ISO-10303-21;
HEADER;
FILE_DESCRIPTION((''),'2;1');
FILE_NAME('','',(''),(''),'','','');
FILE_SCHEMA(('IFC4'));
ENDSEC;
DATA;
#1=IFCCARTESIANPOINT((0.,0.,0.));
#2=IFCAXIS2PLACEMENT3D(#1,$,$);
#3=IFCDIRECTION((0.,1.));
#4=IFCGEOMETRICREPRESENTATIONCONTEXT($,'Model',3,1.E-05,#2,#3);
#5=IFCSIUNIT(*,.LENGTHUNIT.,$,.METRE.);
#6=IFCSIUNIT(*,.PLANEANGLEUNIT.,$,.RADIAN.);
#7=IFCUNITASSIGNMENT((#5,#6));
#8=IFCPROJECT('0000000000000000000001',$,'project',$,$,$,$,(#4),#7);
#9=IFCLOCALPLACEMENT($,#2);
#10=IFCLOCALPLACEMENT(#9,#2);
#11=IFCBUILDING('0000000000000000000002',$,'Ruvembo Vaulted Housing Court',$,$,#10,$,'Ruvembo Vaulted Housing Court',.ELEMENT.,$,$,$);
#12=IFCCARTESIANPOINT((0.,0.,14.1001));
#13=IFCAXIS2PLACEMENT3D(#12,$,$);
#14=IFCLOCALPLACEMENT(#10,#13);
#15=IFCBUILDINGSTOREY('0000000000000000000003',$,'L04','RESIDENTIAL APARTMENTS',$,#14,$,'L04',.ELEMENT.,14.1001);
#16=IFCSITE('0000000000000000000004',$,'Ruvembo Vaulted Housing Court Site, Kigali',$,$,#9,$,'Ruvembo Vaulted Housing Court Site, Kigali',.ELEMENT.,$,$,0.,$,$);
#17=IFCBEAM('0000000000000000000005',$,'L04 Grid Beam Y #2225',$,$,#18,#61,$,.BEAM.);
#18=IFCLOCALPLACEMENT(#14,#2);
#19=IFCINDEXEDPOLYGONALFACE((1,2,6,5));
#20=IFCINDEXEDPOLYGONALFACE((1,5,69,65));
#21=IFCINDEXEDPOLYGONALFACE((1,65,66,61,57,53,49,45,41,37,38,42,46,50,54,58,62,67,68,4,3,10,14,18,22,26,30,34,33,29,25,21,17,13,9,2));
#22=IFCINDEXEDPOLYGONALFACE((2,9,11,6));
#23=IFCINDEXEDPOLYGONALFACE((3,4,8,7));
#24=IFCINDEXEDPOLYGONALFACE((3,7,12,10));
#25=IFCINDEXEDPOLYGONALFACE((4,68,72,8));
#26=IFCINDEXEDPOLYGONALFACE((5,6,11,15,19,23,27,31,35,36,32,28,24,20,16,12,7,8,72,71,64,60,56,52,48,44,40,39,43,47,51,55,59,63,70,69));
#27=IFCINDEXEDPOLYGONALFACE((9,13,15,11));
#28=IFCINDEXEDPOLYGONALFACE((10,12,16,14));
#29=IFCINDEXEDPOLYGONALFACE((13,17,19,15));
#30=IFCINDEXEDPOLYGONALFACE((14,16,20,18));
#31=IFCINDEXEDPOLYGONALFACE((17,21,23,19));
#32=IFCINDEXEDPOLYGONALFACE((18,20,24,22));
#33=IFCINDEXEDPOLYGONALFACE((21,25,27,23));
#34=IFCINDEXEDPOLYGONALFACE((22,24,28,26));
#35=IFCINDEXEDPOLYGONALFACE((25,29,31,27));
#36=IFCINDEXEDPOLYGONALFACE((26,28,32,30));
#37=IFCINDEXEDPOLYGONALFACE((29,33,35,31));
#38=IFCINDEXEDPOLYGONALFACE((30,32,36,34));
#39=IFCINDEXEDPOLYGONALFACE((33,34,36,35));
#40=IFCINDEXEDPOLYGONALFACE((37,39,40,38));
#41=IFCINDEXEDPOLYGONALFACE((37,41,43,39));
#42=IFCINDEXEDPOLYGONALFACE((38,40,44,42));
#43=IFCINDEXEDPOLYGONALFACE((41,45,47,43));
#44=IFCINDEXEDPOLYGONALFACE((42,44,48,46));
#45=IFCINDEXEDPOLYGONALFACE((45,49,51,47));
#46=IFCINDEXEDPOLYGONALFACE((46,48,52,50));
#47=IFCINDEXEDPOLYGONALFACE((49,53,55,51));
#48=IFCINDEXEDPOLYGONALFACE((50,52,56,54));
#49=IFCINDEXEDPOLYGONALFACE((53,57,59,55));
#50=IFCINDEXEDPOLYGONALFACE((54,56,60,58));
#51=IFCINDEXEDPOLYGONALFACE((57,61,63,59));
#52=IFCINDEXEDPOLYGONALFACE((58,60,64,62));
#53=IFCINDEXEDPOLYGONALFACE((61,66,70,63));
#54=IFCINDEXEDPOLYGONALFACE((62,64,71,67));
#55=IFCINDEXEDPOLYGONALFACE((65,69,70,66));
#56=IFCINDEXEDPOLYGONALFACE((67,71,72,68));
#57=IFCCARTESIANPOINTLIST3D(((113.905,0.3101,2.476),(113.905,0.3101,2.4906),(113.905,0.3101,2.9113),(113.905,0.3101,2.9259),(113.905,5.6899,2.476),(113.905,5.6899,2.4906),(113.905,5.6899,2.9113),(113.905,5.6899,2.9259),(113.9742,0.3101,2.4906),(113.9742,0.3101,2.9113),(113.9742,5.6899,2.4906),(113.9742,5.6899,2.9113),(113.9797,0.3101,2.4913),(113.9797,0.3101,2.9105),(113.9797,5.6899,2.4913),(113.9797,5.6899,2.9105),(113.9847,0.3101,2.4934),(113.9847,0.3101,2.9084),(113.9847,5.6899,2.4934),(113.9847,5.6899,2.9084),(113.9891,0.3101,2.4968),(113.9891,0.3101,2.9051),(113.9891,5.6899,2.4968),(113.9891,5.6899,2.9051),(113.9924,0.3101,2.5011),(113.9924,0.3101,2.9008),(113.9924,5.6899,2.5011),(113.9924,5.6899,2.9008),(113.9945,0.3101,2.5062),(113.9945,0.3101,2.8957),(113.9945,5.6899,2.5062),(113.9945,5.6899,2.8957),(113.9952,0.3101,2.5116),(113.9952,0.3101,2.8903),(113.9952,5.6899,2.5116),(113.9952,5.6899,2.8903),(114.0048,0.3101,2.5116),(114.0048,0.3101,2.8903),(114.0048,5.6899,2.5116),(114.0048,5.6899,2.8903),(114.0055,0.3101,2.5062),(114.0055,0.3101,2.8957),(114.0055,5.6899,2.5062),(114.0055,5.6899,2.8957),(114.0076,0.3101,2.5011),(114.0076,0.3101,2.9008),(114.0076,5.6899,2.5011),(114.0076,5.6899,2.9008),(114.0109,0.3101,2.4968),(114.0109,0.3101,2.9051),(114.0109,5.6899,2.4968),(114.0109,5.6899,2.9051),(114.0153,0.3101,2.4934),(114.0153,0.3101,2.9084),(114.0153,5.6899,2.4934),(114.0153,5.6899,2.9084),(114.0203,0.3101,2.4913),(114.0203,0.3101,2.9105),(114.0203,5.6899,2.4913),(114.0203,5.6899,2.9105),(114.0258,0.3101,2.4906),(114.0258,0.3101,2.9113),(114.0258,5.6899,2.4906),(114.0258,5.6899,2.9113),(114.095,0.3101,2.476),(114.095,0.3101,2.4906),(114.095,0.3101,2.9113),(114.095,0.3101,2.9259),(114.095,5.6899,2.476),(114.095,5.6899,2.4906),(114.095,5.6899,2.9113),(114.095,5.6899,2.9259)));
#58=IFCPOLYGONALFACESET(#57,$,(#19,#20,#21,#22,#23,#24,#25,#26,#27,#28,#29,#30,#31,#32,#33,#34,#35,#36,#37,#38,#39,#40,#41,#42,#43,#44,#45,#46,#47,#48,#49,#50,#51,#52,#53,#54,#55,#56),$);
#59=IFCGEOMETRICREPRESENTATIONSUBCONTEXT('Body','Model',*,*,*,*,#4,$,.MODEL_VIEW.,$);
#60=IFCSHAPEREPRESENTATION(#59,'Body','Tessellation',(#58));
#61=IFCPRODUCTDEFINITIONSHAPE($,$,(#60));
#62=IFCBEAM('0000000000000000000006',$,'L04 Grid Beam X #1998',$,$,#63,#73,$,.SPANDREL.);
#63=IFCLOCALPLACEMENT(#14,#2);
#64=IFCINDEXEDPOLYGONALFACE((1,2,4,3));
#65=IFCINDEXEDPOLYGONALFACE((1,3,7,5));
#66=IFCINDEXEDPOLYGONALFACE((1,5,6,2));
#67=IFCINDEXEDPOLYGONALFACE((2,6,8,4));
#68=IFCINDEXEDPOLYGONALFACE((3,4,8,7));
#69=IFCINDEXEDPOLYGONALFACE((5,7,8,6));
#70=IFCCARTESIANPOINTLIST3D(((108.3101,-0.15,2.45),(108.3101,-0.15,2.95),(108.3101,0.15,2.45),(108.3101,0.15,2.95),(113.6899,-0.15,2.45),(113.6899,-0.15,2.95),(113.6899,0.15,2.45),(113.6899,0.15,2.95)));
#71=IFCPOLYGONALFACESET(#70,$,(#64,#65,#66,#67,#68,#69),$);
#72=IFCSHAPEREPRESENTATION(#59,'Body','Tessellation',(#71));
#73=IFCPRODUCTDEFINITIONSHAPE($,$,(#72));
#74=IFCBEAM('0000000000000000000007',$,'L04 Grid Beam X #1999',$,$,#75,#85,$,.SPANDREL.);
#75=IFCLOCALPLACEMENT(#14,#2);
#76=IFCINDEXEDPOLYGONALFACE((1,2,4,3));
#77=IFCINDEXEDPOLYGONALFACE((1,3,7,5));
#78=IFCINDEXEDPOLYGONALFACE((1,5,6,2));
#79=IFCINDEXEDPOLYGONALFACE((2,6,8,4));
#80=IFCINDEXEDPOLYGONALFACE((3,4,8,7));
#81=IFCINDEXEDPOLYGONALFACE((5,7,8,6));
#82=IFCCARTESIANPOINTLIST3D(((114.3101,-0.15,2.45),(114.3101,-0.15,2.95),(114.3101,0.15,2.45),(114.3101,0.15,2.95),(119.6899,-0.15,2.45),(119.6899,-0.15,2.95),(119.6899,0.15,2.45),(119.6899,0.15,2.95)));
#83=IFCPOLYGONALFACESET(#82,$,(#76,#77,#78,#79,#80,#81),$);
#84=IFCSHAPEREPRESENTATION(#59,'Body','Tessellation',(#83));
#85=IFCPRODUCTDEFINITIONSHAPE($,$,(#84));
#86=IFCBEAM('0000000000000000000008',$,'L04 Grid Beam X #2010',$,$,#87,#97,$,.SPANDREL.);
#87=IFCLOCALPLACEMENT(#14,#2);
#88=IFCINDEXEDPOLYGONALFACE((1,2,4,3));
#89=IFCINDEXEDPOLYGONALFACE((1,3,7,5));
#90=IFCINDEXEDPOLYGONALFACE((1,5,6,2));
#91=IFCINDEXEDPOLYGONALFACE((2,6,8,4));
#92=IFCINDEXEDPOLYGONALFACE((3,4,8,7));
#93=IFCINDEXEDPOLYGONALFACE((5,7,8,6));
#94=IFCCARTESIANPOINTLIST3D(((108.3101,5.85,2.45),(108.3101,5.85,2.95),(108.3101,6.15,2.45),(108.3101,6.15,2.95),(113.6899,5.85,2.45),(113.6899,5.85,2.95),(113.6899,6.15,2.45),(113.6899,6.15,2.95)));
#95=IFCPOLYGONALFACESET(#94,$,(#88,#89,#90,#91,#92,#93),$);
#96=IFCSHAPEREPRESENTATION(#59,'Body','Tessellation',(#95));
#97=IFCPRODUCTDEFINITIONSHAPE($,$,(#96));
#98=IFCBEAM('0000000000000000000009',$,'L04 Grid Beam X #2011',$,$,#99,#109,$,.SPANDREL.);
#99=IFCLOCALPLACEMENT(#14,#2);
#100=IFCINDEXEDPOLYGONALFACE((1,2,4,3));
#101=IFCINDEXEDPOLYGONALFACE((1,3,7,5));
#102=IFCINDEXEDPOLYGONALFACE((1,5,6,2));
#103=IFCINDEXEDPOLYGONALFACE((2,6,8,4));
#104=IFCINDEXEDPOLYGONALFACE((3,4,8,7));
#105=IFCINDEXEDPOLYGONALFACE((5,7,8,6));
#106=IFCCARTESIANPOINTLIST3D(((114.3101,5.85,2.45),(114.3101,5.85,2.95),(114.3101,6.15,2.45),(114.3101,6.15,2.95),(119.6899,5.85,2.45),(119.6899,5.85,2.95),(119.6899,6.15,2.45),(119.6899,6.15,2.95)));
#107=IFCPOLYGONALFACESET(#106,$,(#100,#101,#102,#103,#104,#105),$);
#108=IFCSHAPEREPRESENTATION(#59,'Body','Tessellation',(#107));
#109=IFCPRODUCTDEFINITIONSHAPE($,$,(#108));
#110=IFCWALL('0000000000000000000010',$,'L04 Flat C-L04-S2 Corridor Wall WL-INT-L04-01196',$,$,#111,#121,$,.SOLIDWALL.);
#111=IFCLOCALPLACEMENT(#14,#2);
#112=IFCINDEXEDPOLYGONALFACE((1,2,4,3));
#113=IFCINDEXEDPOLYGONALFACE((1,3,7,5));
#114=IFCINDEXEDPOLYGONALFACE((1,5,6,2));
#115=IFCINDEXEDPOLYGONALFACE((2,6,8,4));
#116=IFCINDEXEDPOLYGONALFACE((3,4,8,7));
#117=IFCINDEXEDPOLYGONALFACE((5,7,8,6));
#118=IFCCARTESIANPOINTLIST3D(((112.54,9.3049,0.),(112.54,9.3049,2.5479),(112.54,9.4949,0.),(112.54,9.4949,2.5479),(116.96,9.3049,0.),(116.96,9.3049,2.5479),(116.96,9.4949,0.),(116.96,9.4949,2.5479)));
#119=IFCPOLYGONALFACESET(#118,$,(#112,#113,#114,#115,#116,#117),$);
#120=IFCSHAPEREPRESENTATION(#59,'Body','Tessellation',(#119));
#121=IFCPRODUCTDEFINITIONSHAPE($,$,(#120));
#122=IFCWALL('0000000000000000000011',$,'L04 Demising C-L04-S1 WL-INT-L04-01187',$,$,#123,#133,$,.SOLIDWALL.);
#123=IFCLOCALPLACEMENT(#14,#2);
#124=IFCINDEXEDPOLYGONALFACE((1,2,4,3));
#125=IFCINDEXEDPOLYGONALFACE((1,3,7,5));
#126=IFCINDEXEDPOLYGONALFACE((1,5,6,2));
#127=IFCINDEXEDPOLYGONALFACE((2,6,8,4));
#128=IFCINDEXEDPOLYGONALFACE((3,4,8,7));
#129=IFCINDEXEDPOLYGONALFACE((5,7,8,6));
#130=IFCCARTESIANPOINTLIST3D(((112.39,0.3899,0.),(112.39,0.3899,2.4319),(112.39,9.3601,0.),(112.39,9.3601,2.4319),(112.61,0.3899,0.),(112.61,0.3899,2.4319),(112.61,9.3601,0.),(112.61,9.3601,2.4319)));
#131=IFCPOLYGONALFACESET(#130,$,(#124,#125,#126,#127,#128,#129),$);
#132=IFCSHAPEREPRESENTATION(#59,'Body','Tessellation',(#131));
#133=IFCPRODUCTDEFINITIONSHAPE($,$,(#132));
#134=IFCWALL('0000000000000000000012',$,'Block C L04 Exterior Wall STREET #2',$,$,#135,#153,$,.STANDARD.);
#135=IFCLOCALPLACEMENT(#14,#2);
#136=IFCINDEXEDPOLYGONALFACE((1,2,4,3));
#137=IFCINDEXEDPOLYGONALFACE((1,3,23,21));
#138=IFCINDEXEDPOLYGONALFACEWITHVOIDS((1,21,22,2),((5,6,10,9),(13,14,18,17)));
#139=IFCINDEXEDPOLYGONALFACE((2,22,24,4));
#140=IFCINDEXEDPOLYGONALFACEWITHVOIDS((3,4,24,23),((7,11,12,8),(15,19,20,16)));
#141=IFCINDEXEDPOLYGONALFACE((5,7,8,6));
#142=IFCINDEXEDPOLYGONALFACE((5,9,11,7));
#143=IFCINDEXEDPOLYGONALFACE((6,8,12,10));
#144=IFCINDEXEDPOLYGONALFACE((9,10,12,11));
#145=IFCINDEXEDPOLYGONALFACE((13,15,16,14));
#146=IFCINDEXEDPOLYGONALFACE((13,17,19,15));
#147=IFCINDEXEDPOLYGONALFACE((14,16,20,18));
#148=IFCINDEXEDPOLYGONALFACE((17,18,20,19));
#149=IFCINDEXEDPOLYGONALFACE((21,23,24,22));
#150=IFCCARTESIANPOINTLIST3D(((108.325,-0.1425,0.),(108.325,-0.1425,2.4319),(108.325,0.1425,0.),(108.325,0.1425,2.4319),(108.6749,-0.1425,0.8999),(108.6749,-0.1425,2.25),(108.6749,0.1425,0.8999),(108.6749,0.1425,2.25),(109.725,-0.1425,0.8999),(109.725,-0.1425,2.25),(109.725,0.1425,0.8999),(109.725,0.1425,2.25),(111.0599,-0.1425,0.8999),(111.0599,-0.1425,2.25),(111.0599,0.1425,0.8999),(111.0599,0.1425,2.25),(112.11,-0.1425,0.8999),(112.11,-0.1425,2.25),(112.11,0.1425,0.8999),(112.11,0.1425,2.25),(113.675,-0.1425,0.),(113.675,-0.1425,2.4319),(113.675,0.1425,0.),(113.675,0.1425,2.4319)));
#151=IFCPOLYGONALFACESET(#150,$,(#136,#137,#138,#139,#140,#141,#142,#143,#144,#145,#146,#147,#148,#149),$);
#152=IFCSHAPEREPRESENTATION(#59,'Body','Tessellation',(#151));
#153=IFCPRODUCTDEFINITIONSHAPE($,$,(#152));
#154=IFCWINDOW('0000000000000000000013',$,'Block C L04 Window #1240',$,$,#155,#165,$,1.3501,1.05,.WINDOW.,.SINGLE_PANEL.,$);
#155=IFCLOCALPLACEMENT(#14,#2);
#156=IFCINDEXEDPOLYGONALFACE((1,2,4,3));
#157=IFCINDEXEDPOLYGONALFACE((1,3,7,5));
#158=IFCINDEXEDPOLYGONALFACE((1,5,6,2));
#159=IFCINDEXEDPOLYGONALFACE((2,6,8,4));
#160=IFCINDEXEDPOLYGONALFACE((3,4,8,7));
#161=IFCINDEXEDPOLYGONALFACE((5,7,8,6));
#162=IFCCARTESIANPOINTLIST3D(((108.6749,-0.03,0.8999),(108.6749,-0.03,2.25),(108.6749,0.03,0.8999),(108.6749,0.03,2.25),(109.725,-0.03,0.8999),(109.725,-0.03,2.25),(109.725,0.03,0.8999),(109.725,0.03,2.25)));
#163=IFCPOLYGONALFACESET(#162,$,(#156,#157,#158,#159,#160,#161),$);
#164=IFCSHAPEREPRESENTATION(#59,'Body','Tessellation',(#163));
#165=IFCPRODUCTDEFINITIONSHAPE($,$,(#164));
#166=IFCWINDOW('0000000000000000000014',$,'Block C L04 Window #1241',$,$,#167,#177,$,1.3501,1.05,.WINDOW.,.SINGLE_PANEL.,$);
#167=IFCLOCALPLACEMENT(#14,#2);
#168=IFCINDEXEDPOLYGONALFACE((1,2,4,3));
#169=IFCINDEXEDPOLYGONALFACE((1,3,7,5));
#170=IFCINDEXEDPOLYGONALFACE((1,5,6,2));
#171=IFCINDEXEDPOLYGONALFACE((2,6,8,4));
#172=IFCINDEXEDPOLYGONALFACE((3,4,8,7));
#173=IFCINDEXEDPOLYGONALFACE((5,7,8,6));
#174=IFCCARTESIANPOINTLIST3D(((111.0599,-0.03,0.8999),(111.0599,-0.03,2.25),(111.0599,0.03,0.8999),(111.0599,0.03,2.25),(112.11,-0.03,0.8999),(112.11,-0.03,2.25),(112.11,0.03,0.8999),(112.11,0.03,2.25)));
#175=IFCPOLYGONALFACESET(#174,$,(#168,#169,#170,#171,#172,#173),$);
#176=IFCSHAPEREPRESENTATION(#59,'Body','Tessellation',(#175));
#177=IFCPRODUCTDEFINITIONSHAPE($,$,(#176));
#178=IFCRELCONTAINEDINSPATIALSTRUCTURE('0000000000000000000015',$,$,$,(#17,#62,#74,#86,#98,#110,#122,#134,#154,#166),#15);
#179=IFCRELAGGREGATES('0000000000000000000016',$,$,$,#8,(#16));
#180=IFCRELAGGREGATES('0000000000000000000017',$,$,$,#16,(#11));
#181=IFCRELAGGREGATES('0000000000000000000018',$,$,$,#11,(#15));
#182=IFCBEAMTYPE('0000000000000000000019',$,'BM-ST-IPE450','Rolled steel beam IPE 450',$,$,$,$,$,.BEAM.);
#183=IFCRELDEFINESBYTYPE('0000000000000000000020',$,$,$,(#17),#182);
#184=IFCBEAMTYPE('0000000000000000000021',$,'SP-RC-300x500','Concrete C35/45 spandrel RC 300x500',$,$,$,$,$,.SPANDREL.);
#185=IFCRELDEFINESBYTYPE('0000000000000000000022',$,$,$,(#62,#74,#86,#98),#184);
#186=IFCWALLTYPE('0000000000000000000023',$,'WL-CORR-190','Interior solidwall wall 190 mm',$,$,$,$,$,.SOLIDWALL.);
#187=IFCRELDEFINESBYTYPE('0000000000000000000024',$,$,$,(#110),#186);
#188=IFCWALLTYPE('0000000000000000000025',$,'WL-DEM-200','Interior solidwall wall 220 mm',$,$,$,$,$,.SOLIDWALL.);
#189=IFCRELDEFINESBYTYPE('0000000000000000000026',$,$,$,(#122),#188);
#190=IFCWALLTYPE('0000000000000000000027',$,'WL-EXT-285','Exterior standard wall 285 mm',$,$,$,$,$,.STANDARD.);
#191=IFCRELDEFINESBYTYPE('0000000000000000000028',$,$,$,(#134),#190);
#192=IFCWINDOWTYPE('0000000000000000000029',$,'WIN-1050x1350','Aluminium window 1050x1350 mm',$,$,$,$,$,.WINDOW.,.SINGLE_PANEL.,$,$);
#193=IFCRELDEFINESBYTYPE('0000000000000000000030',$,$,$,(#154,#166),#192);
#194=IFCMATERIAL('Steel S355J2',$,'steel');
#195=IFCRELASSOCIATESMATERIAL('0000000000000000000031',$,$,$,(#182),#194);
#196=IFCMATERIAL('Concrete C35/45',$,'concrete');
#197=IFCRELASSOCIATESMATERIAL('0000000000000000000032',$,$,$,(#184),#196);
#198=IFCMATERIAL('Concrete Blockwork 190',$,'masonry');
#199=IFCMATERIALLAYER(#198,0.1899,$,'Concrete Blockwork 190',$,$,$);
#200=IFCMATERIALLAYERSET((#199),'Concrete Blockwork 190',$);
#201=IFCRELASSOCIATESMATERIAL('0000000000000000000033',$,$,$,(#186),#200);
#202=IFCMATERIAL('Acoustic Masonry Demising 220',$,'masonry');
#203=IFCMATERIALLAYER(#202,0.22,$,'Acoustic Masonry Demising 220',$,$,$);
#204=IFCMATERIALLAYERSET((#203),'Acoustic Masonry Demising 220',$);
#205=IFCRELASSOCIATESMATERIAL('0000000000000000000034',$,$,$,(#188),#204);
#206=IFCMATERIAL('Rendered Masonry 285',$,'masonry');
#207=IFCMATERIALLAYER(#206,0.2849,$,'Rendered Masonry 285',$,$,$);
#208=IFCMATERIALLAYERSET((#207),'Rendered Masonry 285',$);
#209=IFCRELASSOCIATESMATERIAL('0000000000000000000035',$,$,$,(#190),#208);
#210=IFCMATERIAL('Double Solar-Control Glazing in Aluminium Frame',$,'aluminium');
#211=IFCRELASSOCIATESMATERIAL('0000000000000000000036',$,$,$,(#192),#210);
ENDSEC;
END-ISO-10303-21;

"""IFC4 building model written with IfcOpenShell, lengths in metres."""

from ifc_helpers import new_model, si_unit, direction, frame, frame_2d, origin, origin_2d, place, context, subcontext, project, spatial, rectangle, i_section, extrude, material, layer, layer_set, material_profile, profile_set, type_object, element, fill, save


model = new_model("IFC4")

# Units and contexts
model_context = context("Model", 3, precision=1e-05, world=origin(), true_north=direction((0.0, 1.0)))
body_context = subcontext(model_context, "Body", "Model", "MODEL_VIEW")
ifc_project = project(units=[si_unit("LENGTHUNIT", "METRE"), si_unit("PLANEANGLEUNIT", "RADIAN")], contexts=[model_context])

# Site, building, storey
site_placement = place(None, origin())
site = spatial("IfcSite", under=ifc_project, at=site_placement, Name="Ruvembo Vaulted Housing Court Site, Kigali", LongName="Ruvembo Vaulted Housing Court Site, Kigali", CompositionType="ELEMENT", RefElevation=0.0)
building_placement = place(site_placement, origin())
building = spatial("IfcBuilding", under=site, at=building_placement, Name="Ruvembo Vaulted Housing Court", LongName="Ruvembo Vaulted Housing Court", CompositionType="ELEMENT")
storey_placement = place(building_placement, frame((0.0, 0.0, 14.1001)))
storey = spatial("IfcBuildingStorey", under=building, at=storey_placement, Name="L04", Description="RESIDENTIAL APARTMENTS", LongName="L04", CompositionType="ELEMENT", Elevation=14.1001)

# Beams
ifc_material_1 = material(Name="Steel S355J2", Category="steel")
ifc_material_profile_1 = material_profile(ifc_material_1, i_section(OverallWidth=0.1899, OverallDepth=0.45, WebThickness=0.0095, FlangeThickness=0.0146, FilletRadius=0.021, at=origin_2d()), Name="IPE 450")
ifc_profile_set_1 = profile_set([ifc_material_profile_1], Name="Steel S355J2")
beam_type_1 = type_object("IfcBeamType", Name="BM-ST-IPE450", Description="Rolled steel beam IPE 450", PredefinedType="BEAM", material=ifc_profile_set_1)
for number, where, z_axis, x_axis, name in (
    (1, (114.0, 0.3101, 2.7009), (0.0, 1.0, 0.0), (-1.0, 0.0, 0.0), "L04 Grid Beam Y #2225"),
):
    element("IfcBeam", number, at=place(storey_placement, frame(where, z_axis=z_axis, x_axis=x_axis)), inside=storey, type_object=beam_type_1, Name=name, PredefinedType="BEAM", context=body_context, shape_type="SweptSolid", body=[
        extrude(i_section(OverallWidth=0.1899, OverallDepth=0.45, WebThickness=0.0095, FlangeThickness=0.0146, FilletRadius=0.021, at=origin_2d()), origin(), (0.0, 0.0, 1.0), 5.3799),
    ])
ifc_material_2 = material(Name="Concrete C35/45", Category="concrete")
ifc_material_profile_2 = material_profile(ifc_material_2, rectangle(XDim=0.3, YDim=0.5, at=origin_2d()), Name="RC 300x500")
ifc_profile_set_2 = profile_set([ifc_material_profile_2], Name="Concrete C35/45")
beam_type_2 = type_object("IfcBeamType", Name="SP-RC-300x500", Description="Concrete C35/45 spandrel RC 300x500", PredefinedType="SPANDREL", material=ifc_profile_set_2)
for number, where, z_axis, x_axis, name in (
    (2, (108.3101, 0.0, 2.7), (1.0, 0.0, 0.0), (0.0, 1.0, 0.0), "L04 Grid Beam X #1998"),
    (3, (114.3101, 0.0, 2.7), (1.0, 0.0, 0.0), (0.0, 1.0, 0.0), "L04 Grid Beam X #1999"),
    (4, (108.3101, 6.0, 2.7), (1.0, 0.0, 0.0), (0.0, 1.0, 0.0), "L04 Grid Beam X #2010"),
    (5, (114.3101, 6.0, 2.7), (1.0, 0.0, 0.0), (0.0, 1.0, 0.0), "L04 Grid Beam X #2011"),
):
    element("IfcBeam", number, at=place(storey_placement, frame(where, z_axis=z_axis, x_axis=x_axis)), inside=storey, type_object=beam_type_2, Name=name, PredefinedType="SPANDREL", context=body_context, shape_type="SweptSolid", body=[
        extrude(rectangle(XDim=0.3, YDim=0.5, at=origin_2d()), origin(), (0.0, 0.0, 1.0), 5.3799),
    ])

# Walls
ifc_material_3 = material(Name="Concrete Blockwork 190", Category="masonry")
ifc_layer_1 = layer(ifc_material_3, 0.1899, Name="Concrete Blockwork 190")
ifc_layer_set_1 = layer_set([ifc_layer_1], Name="Concrete Blockwork 190")
wall_type_1 = type_object("IfcWallType", Name="WL-CORR-190", Description="Interior solidwall wall 190 mm", PredefinedType="SOLIDWALL", material=ifc_layer_set_1)
wall_1_placement = place(storey_placement, frame((112.54, 9.3999, 0.0), z_axis=(0.0, 0.0, 1.0), x_axis=(1.0, 0.0, 0.0)))
element("IfcWall", 6, at=wall_1_placement, inside=storey, type_object=wall_type_1, Name="L04 Flat C-L04-S2 Corridor Wall WL-INT-L04-01196", PredefinedType="SOLIDWALL", context=body_context, shape_type="SweptSolid", body=[
    extrude(rectangle(XDim=4.4199, YDim=0.1899, at=frame_2d((2.21, 0.0))), origin(), (0.0, 0.0, 1.0), 2.5479),
])
ifc_material_4 = material(Name="Acoustic Masonry Demising 220", Category="masonry")
ifc_layer_2 = layer(ifc_material_4, 0.22, Name="Acoustic Masonry Demising 220")
ifc_layer_set_2 = layer_set([ifc_layer_2], Name="Acoustic Masonry Demising 220")
wall_type_2 = type_object("IfcWallType", Name="WL-DEM-200", Description="Interior solidwall wall 220 mm", PredefinedType="SOLIDWALL", material=ifc_layer_set_2)
wall_2_placement = place(storey_placement, frame((112.5, 0.3899, 0.0), z_axis=(0.0, 0.0, 1.0), x_axis=(0.0, 1.0, 0.0)))
element("IfcWall", 7, at=wall_2_placement, inside=storey, type_object=wall_type_2, Name="L04 Demising C-L04-S1 WL-INT-L04-01187", PredefinedType="SOLIDWALL", context=body_context, shape_type="SweptSolid", body=[
    extrude(rectangle(XDim=8.9702, YDim=0.22, at=frame_2d((4.4851, 0.0))), origin(), (0.0, 0.0, 1.0), 2.4319),
])

# Wall, openings, windows
ifc_material_5 = material(Name="Rendered Masonry 285", Category="masonry")
ifc_layer_3 = layer(ifc_material_5, 0.2849, Name="Rendered Masonry 285")
ifc_layer_set_3 = layer_set([ifc_layer_3], Name="Rendered Masonry 285")
wall_type_3 = type_object("IfcWallType", Name="WL-EXT-285", Description="Exterior standard wall 285 mm", PredefinedType="STANDARD", material=ifc_layer_set_3)
wall_3_placement = place(storey_placement, frame((108.325, 0.0, 0.0), z_axis=(0.0, 0.0, 1.0), x_axis=(1.0, 0.0, 0.0)))
wall_3 = element("IfcWall", 8, at=wall_3_placement, inside=storey, type_object=wall_type_3, Name="Block C L04 Exterior Wall STREET #2", PredefinedType="STANDARD", context=body_context, shape_type="SweptSolid", body=[
    extrude(rectangle(XDim=5.3501, YDim=0.2849, at=frame_2d((2.675, 0.0))), origin(), (0.0, 0.0, 1.0), 2.4319),
])
opening_1_placement = place(wall_3_placement, frame((0.3501, 0.0, 0.8999)))
opening_1 = element("IfcOpeningElement", 9, at=opening_1_placement, cuts=wall_3, PredefinedType="OPENING", context=body_context, shape_type="SweptSolid", body=[
    extrude(rectangle(XDim=1.05, YDim=1.3501, at=frame_2d((0.5249, 0.675))), frame((0.0, 0.1523, 0.0), z_axis=(0.0, -1.0, 0.0), x_axis=(1.0, 0.0, 0.0)), (0.0, 0.0, 1.0), 0.3049),
])
opening_2_placement = place(wall_3_placement, frame((2.7351, 0.0, 0.8999)))
opening_2 = element("IfcOpeningElement", 10, at=opening_2_placement, cuts=wall_3, PredefinedType="OPENING", context=body_context, shape_type="SweptSolid", body=[
    extrude(rectangle(XDim=1.05, YDim=1.3501, at=frame_2d((0.5249, 0.675))), frame((0.0, 0.1523, 0.0), z_axis=(0.0, -1.0, 0.0), x_axis=(1.0, 0.0, 0.0)), (0.0, 0.0, 1.0), 0.3049),
])
ifc_material_6 = material(Name="Double Solar-Control Glazing in Aluminium Frame", Category="aluminium")
window_type = type_object("IfcWindowType", Name="WIN-1050x1350", Description="Aluminium window 1050x1350 mm", PartitioningType="SINGLE_PANEL", PredefinedType="WINDOW", material=ifc_material_6)
window_1_placement = place(opening_1_placement, origin())
window_1 = element("IfcWindow", 11, at=window_1_placement, inside=storey, type_object=window_type, Name="Block C L04 Window #1240", OverallHeight=1.3501, OverallWidth=1.05, PartitioningType="SINGLE_PANEL", PredefinedType="WINDOW", context=body_context, shape_type="SweptSolid", body=[
    extrude(rectangle(XDim=1.05, YDim=1.3501, at=frame_2d((0.5249, 0.675))), frame((0.0, 0.03, 0.0), z_axis=(0.0, -1.0, 0.0), x_axis=(1.0, 0.0, 0.0)), (0.0, 0.0, 1.0), 0.0601),
])
fill(opening_1, window_1)
window_2_placement = place(opening_2_placement, origin())
window_2 = element("IfcWindow", 12, at=window_2_placement, inside=storey, type_object=window_type, Name="Block C L04 Window #1241", OverallHeight=1.3501, OverallWidth=1.05, PartitioningType="SINGLE_PANEL", PredefinedType="WINDOW", context=body_context, shape_type="SweptSolid", body=[
    extrude(rectangle(XDim=1.05, YDim=1.3501, at=frame_2d((0.5249, 0.675))), frame((0.0, 0.03, 0.0), z_axis=(0.0, -1.0, 0.0), x_axis=(1.0, 0.0, 0.0)), (0.0, 0.0, 1.0), 0.0601),
])
fill(opening_2, window_2)

save(model, "model.ifc")
